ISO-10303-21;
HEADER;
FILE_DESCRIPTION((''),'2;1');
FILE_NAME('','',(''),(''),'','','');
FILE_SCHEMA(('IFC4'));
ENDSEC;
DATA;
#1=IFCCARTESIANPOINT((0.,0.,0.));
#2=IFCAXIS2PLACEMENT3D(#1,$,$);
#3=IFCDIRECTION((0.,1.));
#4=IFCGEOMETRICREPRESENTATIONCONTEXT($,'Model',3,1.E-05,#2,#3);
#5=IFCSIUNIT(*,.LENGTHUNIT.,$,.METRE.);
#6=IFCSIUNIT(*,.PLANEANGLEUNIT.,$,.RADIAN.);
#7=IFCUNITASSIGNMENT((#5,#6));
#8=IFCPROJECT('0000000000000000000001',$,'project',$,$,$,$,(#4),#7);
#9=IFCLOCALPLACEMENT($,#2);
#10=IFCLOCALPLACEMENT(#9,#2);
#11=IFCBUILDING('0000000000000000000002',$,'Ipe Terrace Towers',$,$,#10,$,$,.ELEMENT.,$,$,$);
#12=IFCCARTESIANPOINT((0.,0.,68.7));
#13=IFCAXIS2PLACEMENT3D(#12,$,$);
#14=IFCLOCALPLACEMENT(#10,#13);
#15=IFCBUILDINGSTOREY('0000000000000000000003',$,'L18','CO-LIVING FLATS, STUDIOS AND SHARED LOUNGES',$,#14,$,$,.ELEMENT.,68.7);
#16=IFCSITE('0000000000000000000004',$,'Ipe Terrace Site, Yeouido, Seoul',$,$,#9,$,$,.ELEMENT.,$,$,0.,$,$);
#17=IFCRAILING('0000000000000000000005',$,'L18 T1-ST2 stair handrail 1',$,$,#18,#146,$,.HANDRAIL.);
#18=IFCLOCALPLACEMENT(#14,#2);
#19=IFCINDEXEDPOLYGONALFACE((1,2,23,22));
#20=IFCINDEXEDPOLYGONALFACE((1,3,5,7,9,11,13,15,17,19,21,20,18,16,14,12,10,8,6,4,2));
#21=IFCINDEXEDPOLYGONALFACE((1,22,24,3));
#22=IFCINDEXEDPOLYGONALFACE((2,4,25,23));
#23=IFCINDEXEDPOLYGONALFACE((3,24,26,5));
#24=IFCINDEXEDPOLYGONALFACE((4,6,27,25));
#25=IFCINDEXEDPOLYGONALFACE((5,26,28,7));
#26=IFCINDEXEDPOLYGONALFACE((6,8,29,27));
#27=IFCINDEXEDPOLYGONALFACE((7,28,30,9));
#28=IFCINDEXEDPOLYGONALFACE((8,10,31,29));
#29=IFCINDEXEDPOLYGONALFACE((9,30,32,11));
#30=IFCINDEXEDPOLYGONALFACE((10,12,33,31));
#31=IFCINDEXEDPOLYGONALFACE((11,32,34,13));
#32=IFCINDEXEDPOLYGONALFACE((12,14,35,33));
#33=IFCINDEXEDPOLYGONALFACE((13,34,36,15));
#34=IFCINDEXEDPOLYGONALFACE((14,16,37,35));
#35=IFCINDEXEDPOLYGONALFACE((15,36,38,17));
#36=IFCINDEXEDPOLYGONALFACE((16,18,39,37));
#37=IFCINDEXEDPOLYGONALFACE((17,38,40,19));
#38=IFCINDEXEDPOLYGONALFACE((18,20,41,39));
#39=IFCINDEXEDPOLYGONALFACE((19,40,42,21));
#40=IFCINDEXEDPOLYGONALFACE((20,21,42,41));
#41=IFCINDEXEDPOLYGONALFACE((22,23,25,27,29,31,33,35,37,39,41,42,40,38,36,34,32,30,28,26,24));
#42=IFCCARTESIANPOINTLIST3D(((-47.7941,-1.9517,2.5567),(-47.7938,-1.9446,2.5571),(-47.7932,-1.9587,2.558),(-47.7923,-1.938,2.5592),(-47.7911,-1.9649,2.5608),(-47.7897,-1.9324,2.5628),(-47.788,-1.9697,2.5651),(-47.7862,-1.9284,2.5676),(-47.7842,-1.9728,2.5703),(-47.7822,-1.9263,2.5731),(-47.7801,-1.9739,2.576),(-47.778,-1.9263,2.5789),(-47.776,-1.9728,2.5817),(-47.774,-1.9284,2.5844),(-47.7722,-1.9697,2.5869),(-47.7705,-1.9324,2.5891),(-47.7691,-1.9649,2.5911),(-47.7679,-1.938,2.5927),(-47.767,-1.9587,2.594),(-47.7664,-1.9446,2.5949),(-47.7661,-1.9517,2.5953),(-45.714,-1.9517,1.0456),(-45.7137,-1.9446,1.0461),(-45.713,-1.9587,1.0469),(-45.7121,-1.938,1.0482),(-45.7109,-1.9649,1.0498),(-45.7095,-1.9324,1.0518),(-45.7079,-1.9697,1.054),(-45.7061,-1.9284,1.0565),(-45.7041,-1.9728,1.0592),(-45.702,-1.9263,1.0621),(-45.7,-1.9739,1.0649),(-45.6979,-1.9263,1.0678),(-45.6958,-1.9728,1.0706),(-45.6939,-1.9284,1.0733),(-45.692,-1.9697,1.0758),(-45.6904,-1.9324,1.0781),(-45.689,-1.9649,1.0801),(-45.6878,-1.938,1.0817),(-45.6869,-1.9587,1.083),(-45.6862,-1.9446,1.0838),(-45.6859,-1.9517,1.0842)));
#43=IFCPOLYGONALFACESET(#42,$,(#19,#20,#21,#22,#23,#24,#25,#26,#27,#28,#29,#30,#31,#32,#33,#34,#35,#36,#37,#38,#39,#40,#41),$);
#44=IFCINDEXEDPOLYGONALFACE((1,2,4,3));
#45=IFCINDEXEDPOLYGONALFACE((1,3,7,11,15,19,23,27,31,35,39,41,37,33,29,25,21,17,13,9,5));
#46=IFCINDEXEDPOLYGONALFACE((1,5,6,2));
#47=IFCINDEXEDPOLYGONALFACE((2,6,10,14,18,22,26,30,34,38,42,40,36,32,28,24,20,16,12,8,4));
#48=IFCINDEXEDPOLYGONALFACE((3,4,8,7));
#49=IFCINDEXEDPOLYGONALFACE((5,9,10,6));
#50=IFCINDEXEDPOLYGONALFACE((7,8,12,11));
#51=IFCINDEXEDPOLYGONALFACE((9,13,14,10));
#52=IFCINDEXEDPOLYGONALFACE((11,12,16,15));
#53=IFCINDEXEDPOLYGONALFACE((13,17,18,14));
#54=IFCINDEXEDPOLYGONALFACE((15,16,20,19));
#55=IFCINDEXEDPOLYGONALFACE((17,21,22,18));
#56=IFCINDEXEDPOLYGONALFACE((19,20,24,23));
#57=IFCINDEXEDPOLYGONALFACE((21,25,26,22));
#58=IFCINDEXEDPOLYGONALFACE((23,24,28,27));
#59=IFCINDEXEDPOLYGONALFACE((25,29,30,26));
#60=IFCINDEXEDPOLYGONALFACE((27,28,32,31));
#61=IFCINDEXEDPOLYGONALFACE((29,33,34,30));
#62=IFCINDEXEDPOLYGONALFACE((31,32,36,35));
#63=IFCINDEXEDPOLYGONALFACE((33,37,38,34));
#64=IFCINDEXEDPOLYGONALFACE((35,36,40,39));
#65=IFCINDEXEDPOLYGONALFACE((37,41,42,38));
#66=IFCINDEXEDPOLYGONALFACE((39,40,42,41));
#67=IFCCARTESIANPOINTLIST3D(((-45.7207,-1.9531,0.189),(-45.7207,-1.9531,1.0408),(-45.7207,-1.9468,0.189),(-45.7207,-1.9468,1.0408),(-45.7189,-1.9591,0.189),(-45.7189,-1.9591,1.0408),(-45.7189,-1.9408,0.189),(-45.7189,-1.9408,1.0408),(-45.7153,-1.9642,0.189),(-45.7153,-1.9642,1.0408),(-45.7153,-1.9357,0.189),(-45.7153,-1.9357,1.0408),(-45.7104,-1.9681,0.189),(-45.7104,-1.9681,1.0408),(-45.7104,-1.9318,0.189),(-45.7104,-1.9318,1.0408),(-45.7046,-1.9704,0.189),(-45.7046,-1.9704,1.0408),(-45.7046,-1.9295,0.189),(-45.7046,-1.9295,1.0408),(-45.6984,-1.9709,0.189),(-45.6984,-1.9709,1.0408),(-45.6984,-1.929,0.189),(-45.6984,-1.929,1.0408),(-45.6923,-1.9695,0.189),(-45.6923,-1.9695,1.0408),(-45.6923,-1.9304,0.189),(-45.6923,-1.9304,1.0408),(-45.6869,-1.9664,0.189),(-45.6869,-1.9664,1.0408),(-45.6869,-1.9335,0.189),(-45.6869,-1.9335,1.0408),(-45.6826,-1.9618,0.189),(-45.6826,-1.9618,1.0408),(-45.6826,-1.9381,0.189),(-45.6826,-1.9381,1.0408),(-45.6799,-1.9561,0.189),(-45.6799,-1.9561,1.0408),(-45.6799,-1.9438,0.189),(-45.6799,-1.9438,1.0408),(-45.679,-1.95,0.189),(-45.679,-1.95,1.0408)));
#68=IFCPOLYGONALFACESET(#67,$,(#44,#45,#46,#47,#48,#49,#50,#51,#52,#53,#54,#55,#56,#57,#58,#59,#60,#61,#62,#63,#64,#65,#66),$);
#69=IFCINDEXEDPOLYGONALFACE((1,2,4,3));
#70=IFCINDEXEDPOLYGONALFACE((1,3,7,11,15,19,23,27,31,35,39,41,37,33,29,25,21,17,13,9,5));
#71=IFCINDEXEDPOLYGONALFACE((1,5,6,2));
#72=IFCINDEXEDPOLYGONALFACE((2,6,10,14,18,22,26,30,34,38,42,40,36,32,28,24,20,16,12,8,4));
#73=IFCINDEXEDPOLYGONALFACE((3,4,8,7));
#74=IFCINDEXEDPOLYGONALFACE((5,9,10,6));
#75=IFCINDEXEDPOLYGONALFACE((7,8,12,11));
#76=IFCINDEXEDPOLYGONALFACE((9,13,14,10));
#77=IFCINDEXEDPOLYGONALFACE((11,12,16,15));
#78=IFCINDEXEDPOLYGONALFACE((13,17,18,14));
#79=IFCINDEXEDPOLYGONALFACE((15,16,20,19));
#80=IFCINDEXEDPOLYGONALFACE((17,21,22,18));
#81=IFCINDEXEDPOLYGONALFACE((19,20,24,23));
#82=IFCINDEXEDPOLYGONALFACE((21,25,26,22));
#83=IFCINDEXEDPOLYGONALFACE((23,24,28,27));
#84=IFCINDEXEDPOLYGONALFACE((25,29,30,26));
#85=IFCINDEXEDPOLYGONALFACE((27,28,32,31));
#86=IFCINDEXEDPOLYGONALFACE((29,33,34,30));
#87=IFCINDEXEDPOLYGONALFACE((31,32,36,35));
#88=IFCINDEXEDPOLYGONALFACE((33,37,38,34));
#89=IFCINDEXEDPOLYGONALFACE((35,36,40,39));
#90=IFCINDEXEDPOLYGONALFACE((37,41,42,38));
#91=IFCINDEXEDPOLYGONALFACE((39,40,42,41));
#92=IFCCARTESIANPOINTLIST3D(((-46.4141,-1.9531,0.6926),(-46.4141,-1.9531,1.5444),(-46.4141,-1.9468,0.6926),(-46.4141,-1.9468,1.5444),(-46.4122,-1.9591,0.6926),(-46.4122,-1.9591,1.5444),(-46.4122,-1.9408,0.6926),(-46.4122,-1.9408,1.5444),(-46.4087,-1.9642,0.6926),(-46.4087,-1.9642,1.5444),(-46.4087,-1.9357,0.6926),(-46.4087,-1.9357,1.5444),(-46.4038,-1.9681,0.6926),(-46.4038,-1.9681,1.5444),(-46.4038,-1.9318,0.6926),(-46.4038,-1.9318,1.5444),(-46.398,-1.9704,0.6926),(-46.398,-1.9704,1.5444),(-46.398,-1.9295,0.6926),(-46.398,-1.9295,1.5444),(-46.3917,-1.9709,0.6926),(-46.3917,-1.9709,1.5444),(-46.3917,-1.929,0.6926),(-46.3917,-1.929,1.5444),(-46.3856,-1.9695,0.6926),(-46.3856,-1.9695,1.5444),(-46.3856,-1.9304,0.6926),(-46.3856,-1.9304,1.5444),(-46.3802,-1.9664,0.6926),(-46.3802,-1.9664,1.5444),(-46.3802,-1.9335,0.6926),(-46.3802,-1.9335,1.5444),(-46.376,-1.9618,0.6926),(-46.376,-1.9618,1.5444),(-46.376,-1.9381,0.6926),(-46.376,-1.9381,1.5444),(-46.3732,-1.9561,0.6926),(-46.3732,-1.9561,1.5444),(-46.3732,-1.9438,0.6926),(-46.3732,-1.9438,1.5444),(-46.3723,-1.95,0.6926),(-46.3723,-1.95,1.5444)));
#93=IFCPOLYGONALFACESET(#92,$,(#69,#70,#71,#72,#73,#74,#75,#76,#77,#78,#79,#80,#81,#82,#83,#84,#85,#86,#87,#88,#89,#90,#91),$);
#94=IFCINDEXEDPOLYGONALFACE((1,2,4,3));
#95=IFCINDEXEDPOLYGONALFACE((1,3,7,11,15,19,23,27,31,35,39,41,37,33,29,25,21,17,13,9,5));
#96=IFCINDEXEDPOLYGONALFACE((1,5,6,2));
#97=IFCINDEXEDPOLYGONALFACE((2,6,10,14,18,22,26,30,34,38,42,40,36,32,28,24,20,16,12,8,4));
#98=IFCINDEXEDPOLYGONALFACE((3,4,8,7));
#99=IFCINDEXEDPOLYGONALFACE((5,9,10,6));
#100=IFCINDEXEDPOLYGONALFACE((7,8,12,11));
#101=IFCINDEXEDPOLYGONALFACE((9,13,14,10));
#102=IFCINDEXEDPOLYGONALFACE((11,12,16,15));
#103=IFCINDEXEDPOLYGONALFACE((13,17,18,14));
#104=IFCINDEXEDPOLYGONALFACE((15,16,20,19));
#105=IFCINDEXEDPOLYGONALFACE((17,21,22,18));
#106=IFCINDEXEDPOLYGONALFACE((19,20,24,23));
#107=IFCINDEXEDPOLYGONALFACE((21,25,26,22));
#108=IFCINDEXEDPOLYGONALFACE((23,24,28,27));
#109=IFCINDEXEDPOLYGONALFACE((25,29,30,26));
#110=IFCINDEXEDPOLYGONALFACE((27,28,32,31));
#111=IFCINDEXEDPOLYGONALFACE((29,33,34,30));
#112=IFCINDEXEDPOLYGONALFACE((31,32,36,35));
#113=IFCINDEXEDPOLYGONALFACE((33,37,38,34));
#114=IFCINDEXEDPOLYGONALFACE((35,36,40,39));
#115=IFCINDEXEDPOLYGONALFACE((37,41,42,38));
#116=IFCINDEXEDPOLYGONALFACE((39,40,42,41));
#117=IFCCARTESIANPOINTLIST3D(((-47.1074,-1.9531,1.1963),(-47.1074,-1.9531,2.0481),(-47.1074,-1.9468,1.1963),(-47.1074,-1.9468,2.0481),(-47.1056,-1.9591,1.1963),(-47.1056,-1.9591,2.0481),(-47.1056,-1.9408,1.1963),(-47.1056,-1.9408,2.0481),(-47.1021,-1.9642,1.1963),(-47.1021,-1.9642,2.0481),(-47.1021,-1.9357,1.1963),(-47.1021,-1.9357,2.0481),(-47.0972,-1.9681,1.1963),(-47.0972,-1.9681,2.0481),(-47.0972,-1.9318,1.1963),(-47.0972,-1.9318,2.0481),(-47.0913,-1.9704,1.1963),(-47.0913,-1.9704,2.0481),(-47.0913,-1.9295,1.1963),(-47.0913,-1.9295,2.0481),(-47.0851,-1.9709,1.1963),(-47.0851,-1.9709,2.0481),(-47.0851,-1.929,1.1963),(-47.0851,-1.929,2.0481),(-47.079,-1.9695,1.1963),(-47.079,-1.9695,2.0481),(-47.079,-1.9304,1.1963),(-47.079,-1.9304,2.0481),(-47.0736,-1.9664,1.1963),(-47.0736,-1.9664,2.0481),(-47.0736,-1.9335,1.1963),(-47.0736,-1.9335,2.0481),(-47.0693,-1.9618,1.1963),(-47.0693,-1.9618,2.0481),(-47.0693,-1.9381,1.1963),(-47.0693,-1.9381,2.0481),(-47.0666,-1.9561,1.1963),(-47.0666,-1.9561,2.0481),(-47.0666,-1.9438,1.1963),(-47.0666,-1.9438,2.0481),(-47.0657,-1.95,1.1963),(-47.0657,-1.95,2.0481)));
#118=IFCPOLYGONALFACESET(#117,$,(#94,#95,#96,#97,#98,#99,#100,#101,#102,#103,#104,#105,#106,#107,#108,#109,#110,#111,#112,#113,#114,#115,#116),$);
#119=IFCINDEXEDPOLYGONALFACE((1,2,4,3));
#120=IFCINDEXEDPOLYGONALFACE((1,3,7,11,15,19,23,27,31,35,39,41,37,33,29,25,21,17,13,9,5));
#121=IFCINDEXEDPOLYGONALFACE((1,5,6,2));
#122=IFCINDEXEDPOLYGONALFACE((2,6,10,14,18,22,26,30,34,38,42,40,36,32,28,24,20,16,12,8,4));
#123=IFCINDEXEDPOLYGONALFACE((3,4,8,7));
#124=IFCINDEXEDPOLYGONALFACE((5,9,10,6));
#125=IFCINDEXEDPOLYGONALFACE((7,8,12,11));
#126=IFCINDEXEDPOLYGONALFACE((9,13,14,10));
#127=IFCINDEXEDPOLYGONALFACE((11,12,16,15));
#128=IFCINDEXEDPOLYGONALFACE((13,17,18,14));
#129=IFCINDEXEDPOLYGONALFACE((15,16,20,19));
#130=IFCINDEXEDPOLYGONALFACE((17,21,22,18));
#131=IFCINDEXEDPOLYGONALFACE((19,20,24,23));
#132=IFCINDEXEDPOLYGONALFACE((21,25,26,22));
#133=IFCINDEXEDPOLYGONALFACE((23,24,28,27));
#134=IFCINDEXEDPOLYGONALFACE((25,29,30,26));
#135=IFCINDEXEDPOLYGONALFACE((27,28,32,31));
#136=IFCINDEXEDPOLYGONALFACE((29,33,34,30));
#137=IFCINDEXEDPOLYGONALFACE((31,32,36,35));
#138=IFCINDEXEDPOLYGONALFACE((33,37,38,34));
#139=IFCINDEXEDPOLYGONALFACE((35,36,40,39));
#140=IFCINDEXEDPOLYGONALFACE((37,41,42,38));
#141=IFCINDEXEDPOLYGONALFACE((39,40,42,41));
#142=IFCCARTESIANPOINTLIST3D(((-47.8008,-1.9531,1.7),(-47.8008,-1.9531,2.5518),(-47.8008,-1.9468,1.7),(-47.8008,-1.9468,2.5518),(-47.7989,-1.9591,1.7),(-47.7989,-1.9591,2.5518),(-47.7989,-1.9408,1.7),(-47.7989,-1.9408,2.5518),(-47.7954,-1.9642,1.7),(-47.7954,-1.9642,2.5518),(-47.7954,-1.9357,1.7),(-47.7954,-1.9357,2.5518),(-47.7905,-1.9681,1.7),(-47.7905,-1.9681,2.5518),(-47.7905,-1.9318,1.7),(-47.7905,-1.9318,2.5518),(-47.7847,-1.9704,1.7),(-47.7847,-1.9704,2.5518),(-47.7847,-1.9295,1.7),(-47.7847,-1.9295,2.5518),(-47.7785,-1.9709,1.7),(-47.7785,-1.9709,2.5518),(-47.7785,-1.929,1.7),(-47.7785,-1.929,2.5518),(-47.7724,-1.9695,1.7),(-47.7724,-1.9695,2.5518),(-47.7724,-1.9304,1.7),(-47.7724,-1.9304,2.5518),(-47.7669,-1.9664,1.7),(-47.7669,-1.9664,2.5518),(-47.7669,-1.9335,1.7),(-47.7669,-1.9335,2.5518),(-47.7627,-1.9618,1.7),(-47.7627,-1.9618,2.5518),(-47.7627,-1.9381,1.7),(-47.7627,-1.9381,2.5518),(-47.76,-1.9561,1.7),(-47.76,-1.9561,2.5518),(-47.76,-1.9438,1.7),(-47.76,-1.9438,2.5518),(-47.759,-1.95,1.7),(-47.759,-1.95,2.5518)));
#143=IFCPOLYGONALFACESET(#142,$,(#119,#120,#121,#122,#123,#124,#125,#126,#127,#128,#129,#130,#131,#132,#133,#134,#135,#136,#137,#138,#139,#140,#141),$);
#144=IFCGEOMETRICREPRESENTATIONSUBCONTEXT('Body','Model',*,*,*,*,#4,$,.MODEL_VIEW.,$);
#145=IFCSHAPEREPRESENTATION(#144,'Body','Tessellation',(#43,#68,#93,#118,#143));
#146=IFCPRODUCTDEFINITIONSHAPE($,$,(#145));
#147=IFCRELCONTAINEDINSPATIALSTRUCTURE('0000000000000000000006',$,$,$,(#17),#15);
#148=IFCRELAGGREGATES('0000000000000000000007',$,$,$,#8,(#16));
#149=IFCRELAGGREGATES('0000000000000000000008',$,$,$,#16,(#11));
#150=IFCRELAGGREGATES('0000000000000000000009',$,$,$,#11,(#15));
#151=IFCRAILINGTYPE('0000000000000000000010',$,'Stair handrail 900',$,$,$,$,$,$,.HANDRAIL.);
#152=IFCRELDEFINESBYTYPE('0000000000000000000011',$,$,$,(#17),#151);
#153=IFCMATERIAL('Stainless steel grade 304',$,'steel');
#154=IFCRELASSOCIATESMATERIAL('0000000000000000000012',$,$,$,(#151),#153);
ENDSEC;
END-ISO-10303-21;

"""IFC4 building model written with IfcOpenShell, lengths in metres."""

from ifc_helpers import new_model, si_unit, direction, frame, origin, origin_2d, place, context, subcontext, project, spatial, circle, extrude, material, type_object, element, save


model = new_model("IFC4")

# Units and contexts
model_context = context("Model", 3, precision=1e-05, world=origin(), true_north=direction((0.0, 1.0)))
body_context = subcontext(model_context, "Body", "Model", "MODEL_VIEW")
ifc_project = project(units=[si_unit("LENGTHUNIT", "METRE"), si_unit("PLANEANGLEUNIT", "RADIAN")], contexts=[model_context])

# Site, building, storey
site_placement = place(None, origin())
site = spatial("IfcSite", under=ifc_project, at=site_placement, Name="Ipe Terrace Site, Yeouido, Seoul", CompositionType="ELEMENT", RefElevation=0.0)
building_placement = place(site_placement, origin())
building = spatial("IfcBuilding", under=site, at=building_placement, Name="Ipe Terrace Towers", CompositionType="ELEMENT")
storey_placement = place(building_placement, frame((0.0, 0.0, 68.7)))
storey = spatial("IfcBuildingStorey", under=building, at=storey_placement, Name="L18", Description="CO-LIVING FLATS, STUDIOS AND SHARED LOUNGES", CompositionType="ELEMENT", Elevation=68.7)

# Railing
ifc_material_1 = material(Name="Stainless steel grade 304", Category="steel")
railing_type_1 = type_object("IfcRailingType", Name="Stair handrail 900", PredefinedType="HANDRAIL", material=ifc_material_1)
railing_1_placement = place(storey_placement, frame((-45.7, -1.95, 0.189)))
element("IfcRailing", 1, at=railing_1_placement, inside=storey, type_object=railing_type_1, Name="L18 T1-ST2 stair handrail 1", PredefinedType="HANDRAIL", context=body_context, shape_type="SweptSolid", body=[
    extrude(circle(Radius=0.0239, at=origin_2d()), frame((0.0, 0.0, 0.876), z_axis=(-0.809069, 0.0, 0.587714), x_axis=(0.0, -1.0, 0.0)), (0.0, 0.0, 1.0), 2.571),
    extrude(circle(Radius=0.021, at=origin_2d()), origin(), (0.0, 0.0, 1.0), 0.8518),
    extrude(circle(Radius=0.021, at=origin_2d()), frame((-0.6934, 0.0, 0.5037)), (0.0, 0.0, 1.0), 0.8518),
    extrude(circle(Radius=0.021, at=origin_2d()), frame((-1.3867, 0.0, 1.0073)), (0.0, 0.0, 1.0), 0.8518),
    extrude(circle(Radius=0.021, at=origin_2d()), frame((-2.0801, 0.0, 1.511)), (0.0, 0.0, 1.0), 0.8518),
])

save(model, "model.ifc")
